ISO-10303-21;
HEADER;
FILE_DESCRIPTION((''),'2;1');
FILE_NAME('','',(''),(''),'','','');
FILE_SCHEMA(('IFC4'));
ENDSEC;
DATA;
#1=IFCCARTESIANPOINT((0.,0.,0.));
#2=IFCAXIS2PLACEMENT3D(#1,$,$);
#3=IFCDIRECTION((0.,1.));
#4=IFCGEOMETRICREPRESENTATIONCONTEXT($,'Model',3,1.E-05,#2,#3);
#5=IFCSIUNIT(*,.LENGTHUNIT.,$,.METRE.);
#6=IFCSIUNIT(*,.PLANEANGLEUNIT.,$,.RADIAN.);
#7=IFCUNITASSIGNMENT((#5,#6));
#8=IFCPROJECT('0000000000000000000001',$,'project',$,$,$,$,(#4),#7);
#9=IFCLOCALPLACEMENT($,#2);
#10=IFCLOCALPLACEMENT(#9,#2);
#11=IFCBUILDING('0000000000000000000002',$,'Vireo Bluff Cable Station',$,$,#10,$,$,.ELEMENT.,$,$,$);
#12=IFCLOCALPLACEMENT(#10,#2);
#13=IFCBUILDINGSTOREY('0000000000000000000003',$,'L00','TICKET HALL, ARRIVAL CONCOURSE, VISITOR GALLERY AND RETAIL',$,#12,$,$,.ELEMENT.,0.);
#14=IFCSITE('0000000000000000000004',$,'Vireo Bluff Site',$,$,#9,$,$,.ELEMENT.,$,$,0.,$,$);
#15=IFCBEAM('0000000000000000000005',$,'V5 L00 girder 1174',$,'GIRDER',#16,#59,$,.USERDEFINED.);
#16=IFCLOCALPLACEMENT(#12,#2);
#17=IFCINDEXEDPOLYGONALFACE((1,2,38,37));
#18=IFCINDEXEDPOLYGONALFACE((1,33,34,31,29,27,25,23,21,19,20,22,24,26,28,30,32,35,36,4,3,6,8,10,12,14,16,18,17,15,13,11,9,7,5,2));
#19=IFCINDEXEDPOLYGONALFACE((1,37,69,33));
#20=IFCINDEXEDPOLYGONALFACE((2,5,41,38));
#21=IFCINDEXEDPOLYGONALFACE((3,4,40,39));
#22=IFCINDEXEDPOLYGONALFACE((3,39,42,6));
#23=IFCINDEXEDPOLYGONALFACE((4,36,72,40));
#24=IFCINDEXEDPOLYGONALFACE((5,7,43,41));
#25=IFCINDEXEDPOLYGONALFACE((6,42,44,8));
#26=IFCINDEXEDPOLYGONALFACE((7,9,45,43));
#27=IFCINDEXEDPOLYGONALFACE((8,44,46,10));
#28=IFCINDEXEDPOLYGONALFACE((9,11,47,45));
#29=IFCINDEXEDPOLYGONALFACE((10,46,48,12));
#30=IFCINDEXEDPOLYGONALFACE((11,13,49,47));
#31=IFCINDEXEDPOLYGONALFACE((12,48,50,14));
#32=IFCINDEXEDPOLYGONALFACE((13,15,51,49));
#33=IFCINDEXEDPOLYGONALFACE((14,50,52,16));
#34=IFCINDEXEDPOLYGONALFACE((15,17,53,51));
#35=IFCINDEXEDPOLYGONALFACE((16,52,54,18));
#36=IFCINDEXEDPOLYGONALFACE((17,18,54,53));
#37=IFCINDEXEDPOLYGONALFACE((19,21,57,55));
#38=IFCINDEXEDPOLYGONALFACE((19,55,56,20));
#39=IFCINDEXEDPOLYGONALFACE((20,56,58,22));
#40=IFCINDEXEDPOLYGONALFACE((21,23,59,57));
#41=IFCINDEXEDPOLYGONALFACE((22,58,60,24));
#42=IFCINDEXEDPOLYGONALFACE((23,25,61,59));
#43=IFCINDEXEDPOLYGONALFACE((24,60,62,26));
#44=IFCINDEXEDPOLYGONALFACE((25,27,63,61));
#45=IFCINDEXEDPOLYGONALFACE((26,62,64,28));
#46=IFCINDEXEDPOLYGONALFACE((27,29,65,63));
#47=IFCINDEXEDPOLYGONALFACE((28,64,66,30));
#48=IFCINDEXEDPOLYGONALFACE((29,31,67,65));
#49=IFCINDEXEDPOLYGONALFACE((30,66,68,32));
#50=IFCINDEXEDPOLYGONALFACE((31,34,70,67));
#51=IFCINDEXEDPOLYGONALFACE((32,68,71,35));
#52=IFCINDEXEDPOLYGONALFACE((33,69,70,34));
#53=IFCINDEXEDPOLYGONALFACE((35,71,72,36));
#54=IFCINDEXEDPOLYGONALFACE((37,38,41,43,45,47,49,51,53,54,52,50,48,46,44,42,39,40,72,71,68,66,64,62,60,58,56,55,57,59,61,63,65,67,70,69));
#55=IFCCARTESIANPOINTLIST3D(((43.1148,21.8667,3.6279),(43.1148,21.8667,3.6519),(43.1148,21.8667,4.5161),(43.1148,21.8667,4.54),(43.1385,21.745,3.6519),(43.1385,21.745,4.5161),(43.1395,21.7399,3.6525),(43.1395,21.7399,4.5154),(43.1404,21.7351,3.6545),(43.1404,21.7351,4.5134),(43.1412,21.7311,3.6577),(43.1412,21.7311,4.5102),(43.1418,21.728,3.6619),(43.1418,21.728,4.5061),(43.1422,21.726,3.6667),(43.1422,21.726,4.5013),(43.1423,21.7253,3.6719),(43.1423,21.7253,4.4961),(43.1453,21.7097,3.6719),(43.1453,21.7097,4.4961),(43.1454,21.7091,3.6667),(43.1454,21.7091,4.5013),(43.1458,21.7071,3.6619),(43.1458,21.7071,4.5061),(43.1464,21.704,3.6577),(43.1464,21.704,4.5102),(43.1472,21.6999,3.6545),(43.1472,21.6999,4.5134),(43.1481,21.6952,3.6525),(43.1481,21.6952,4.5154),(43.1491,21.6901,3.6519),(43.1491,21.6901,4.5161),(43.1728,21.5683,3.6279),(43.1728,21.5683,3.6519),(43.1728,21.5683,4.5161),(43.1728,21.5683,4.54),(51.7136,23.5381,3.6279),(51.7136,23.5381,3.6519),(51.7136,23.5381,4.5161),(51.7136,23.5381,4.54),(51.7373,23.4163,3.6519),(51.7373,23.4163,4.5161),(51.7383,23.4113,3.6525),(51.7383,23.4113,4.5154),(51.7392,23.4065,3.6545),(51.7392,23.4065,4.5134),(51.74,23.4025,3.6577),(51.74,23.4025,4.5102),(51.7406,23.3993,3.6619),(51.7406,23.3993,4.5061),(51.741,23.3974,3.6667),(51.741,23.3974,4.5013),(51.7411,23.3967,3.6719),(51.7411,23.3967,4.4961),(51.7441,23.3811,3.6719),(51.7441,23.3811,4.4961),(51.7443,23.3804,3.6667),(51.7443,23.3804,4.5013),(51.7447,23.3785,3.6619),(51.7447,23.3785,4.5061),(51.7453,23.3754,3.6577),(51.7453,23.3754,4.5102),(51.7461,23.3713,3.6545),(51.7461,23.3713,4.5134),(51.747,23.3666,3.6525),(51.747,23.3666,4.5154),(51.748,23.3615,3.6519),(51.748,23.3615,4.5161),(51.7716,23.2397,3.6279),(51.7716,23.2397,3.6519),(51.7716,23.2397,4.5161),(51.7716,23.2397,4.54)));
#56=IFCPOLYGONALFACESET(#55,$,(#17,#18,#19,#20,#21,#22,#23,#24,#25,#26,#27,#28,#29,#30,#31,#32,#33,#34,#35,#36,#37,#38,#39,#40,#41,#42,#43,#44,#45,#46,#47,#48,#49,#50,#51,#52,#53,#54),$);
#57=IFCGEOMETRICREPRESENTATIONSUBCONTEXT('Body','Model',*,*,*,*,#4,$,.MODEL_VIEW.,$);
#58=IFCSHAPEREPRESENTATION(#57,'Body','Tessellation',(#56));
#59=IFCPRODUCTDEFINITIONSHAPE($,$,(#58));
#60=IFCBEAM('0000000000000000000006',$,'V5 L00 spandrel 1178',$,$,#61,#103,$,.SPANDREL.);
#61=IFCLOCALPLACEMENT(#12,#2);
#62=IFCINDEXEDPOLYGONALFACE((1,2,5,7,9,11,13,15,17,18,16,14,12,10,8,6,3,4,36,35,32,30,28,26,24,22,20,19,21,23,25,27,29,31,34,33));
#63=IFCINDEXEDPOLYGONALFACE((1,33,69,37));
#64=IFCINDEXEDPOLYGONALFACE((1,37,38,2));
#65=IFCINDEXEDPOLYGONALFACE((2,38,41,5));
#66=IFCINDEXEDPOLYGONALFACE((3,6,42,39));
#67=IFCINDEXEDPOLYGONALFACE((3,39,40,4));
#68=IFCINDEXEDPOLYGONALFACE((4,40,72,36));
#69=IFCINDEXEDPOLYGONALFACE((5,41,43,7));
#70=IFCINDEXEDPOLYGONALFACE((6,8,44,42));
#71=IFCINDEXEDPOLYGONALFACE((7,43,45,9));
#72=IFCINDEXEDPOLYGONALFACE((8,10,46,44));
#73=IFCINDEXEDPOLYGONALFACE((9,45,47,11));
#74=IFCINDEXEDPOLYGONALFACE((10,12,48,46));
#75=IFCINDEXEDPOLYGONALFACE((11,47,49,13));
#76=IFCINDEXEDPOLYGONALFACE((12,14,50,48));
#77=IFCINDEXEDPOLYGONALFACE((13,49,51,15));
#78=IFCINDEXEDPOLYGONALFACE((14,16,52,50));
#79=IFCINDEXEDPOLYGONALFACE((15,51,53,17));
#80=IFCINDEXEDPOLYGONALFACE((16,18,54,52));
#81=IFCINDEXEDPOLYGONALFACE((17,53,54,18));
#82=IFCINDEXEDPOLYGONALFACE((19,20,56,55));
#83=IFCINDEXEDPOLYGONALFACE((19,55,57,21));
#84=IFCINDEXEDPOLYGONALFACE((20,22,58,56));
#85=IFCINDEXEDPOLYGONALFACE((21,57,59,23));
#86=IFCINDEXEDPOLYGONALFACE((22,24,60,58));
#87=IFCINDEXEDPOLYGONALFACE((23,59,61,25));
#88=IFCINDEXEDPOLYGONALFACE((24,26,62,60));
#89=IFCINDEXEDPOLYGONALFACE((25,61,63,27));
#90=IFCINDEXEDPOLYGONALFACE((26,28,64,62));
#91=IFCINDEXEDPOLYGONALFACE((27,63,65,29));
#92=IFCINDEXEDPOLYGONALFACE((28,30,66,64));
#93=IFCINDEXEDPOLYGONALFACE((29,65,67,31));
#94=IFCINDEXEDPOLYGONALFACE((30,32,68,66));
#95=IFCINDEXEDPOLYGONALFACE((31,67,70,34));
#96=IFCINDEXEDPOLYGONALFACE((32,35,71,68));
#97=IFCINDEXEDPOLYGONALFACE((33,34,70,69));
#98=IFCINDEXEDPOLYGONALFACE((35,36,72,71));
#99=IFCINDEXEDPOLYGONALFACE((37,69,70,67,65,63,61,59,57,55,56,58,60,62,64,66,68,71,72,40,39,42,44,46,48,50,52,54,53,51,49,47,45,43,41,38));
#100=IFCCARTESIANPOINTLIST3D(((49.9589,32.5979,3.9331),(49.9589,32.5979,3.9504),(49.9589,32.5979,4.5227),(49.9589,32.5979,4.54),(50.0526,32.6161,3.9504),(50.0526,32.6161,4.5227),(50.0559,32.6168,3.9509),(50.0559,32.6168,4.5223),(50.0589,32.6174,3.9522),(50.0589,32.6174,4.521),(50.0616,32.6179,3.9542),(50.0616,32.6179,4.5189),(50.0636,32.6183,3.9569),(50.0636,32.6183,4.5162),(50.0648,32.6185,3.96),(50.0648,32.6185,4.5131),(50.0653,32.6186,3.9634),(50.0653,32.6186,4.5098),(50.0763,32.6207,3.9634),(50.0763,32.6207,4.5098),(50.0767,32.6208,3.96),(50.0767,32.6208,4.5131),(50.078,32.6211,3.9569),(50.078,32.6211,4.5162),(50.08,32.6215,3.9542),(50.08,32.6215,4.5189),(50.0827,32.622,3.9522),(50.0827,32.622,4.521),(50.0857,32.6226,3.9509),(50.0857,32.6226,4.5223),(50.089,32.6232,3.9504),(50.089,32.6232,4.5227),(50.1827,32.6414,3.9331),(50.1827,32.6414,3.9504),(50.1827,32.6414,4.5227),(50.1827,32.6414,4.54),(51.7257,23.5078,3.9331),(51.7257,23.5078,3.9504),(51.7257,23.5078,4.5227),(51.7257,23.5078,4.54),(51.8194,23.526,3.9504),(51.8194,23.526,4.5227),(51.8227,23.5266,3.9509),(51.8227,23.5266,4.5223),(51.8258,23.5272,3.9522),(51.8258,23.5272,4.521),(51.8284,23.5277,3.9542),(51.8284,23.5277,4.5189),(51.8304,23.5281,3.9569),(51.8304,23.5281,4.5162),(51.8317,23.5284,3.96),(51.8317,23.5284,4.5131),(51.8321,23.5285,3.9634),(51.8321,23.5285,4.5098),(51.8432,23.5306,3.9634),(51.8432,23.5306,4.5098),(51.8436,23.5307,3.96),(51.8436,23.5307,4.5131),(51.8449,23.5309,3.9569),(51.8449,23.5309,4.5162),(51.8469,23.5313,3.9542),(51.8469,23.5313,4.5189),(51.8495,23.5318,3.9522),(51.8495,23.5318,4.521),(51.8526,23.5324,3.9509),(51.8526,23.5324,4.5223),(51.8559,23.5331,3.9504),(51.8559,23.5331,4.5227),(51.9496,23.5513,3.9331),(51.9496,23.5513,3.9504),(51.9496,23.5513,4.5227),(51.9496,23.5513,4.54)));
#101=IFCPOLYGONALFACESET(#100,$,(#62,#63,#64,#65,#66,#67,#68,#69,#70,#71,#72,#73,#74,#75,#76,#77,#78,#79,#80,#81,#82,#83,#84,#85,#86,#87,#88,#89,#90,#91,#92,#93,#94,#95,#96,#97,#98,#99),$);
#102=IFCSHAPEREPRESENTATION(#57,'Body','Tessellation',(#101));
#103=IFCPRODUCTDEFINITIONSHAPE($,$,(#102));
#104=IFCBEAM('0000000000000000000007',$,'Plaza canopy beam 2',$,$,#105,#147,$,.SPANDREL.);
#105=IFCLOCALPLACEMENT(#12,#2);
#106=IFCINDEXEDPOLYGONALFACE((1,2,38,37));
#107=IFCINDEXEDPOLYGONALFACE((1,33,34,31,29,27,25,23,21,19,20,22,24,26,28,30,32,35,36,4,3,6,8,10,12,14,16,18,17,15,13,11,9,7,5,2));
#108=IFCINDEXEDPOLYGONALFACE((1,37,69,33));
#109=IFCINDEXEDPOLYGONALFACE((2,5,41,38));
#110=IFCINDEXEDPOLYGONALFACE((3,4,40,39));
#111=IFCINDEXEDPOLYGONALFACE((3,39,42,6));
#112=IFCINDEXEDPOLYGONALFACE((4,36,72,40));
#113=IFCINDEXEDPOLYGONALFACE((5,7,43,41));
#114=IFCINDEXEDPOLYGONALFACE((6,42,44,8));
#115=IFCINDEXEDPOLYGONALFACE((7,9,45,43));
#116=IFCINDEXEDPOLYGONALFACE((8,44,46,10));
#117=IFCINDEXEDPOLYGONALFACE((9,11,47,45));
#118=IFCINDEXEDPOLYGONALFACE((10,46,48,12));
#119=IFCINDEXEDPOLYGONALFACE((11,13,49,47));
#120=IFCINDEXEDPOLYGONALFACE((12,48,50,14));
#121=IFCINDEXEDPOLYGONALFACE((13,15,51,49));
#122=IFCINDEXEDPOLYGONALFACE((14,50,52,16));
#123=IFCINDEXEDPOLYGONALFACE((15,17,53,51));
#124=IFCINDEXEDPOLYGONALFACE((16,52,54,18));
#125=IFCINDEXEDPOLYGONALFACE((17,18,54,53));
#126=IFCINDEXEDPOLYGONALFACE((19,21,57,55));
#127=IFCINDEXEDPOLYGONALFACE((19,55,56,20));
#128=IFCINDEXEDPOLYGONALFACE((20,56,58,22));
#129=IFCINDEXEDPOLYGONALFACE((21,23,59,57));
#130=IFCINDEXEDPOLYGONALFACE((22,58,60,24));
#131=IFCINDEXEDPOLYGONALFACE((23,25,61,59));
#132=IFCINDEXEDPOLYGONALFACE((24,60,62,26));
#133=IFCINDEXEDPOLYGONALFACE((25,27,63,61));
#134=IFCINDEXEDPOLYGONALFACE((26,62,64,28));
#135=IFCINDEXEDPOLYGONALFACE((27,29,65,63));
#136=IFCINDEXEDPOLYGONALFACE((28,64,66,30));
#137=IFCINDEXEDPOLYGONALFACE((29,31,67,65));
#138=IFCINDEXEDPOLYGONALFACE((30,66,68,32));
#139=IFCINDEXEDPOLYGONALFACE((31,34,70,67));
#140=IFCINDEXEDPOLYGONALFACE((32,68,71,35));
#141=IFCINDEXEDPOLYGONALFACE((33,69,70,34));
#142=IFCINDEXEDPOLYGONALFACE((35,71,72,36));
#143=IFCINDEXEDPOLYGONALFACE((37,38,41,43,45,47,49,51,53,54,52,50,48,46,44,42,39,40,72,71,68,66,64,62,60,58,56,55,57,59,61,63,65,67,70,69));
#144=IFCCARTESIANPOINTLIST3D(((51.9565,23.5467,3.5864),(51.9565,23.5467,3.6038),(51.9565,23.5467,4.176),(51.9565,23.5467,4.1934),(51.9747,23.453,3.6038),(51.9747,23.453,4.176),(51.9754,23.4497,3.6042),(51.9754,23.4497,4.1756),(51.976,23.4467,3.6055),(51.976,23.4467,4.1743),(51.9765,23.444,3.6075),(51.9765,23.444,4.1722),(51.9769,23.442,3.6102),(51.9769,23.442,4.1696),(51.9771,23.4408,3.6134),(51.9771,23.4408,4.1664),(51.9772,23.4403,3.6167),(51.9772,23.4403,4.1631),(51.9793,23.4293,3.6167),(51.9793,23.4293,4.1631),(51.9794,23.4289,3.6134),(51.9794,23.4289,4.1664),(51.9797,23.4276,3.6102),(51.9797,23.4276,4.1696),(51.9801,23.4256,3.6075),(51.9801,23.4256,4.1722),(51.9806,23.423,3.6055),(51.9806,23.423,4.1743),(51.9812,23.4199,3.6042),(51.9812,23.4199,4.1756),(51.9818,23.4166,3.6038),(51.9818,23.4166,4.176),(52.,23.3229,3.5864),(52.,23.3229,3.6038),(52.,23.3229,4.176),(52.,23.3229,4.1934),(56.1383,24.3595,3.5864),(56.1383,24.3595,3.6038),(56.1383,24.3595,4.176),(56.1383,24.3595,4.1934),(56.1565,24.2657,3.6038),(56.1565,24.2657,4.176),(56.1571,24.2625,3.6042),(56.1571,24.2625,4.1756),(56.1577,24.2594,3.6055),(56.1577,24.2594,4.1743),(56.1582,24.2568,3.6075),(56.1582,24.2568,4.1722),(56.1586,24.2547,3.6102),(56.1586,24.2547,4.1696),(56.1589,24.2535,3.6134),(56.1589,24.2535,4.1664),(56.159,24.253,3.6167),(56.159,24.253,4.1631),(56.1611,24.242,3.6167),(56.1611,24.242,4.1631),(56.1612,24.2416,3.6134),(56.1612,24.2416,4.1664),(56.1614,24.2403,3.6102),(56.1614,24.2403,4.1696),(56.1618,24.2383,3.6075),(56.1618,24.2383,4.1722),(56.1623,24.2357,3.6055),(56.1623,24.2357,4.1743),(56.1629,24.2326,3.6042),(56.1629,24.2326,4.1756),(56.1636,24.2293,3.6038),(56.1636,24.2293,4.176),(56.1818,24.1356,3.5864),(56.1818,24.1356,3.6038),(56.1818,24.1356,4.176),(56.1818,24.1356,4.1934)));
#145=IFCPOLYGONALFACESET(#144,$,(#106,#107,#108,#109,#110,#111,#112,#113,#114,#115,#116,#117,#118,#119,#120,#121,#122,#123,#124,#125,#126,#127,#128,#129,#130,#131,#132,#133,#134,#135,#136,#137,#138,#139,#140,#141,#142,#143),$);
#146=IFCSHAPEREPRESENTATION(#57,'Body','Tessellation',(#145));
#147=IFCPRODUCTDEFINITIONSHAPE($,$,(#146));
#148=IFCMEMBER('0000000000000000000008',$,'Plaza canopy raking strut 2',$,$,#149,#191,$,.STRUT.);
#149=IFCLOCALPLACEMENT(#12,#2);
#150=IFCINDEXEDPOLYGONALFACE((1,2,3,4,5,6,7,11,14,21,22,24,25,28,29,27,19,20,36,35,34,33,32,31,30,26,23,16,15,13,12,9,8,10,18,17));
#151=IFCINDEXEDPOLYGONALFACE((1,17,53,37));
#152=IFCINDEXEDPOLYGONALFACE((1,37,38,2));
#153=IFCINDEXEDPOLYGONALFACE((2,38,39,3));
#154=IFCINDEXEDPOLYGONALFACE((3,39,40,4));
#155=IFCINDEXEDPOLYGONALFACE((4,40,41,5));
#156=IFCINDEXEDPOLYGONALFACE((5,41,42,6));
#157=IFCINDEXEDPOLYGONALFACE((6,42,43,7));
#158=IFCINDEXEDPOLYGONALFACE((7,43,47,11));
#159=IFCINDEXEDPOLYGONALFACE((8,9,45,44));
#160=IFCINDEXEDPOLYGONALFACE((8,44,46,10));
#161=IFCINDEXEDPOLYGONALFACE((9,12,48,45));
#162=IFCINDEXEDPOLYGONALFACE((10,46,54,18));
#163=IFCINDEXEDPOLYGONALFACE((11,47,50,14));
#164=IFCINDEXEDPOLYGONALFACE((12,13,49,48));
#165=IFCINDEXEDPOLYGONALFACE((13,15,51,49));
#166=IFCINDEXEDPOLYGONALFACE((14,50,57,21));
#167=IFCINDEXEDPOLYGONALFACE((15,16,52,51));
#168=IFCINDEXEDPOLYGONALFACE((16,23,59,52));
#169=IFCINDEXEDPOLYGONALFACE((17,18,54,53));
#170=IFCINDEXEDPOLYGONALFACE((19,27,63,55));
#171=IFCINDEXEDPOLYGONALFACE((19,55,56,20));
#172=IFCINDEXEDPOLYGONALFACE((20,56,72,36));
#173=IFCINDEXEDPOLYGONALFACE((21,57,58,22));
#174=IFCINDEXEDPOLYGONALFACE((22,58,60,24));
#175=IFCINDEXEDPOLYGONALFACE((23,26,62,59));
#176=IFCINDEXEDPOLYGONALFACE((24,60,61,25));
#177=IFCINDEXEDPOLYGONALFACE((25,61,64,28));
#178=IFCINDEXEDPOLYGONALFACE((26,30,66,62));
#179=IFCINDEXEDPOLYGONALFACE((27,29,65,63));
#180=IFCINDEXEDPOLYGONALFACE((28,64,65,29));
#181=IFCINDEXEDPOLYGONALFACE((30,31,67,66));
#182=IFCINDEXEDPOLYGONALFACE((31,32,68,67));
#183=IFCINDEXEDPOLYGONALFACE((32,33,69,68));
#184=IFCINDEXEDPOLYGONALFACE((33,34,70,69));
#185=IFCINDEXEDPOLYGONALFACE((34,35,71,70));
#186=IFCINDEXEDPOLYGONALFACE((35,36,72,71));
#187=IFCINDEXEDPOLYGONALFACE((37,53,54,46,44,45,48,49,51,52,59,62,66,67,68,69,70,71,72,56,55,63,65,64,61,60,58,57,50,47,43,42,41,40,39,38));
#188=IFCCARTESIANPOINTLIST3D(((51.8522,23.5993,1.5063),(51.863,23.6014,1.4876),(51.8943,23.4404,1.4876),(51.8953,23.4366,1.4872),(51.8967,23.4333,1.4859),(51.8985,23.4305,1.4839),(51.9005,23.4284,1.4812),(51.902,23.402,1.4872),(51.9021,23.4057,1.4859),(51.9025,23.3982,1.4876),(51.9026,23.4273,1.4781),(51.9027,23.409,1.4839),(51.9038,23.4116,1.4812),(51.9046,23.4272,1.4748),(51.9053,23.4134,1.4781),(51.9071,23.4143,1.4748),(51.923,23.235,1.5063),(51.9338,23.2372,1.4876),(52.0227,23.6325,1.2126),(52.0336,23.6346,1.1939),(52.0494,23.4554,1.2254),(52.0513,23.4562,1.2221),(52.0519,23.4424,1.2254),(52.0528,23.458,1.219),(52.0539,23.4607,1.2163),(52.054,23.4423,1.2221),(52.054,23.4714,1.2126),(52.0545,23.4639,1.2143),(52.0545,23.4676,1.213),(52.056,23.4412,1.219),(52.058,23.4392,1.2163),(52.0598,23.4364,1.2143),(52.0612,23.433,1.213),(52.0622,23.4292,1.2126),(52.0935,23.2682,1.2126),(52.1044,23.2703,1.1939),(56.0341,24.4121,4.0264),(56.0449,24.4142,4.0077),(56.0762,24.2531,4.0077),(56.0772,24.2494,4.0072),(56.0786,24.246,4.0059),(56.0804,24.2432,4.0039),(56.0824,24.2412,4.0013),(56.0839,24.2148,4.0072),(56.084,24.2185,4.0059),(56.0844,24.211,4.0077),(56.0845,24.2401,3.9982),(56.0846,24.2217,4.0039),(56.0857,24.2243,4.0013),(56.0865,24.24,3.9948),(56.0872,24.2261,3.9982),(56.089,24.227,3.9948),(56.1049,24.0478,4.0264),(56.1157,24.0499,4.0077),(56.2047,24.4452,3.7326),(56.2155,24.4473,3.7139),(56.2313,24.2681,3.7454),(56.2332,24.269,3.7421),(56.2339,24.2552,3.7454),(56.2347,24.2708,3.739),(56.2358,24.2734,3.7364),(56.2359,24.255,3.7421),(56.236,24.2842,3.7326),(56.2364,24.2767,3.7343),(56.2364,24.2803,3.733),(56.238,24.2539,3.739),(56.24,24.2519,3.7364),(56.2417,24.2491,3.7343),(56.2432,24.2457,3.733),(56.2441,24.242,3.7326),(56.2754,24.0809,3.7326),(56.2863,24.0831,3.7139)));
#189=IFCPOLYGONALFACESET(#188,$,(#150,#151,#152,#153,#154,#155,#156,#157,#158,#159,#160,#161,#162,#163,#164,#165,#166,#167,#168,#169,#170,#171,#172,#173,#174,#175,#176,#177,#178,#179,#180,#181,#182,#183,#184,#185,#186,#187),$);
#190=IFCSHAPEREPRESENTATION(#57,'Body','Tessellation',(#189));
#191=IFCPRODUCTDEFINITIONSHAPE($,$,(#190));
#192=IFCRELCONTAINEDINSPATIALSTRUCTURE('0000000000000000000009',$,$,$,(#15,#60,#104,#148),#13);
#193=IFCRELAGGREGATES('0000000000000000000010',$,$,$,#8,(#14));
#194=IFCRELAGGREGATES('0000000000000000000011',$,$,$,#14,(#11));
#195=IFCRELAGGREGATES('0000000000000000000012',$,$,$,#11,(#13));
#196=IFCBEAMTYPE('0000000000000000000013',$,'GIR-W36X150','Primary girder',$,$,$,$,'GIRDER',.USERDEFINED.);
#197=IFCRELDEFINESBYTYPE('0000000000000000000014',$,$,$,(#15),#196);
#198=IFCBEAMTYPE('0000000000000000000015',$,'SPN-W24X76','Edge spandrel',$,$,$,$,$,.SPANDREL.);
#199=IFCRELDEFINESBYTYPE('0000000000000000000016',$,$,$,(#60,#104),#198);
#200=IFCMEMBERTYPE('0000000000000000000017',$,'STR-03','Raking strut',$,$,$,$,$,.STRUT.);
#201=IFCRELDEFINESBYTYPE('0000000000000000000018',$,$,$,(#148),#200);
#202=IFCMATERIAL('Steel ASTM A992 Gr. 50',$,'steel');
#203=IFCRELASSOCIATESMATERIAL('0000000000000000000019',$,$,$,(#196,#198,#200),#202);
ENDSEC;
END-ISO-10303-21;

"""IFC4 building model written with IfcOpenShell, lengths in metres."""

from ifc_helpers import new_model, si_unit, direction, frame, origin, origin_2d, place, context, subcontext, project, spatial, i_section, extrude, material, material_profile, profile_set, type_object, element, save


model = new_model("IFC4")

# Units and contexts
model_context = context("Model", 3, precision=1e-05, world=origin(), true_north=direction((0.0, 1.0)))
body_context = subcontext(model_context, "Body", "Model", "MODEL_VIEW")
ifc_project = project(units=[si_unit("LENGTHUNIT", "METRE"), si_unit("PLANEANGLEUNIT", "RADIAN")], contexts=[model_context])

# Site, building, storey
site_placement = place(None, origin())
site = spatial("IfcSite", under=ifc_project, at=site_placement, Name="Vireo Bluff Site", CompositionType="ELEMENT", RefElevation=0.0)
building_placement = place(site_placement, origin())
building = spatial("IfcBuilding", under=site, at=building_placement, Name="Vireo Bluff Cable Station", CompositionType="ELEMENT")
storey_placement = place(building_placement, origin())
storey = spatial("IfcBuildingStorey", under=building, at=storey_placement, Name="L00", Description="TICKET HALL, ARRIVAL CONCOURSE, VISITOR GALLERY AND RETAIL", CompositionType="ELEMENT", Elevation=0.0)

# Shared definitions
ifc_material_1 = material(Name="Steel ASTM A992 Gr. 50", Category="steel")

# Beams
ifc_material_profile_1 = material_profile(ifc_material_1, i_section(OverallWidth=0.304, OverallDepth=0.9121, WebThickness=0.0159, FlangeThickness=0.0239, FilletRadius=0.02, at=origin_2d()), Name="W36X150")
ifc_profile_set_1 = profile_set([ifc_material_profile_1], Name="Steel ASTM A992 Gr. 50")
beam_type_1 = type_object("IfcBeamType", Name="GIR-W36X150", Description="Primary girder", ElementType="GIRDER", PredefinedType="USERDEFINED", material=ifc_profile_set_1)
beam_1_placement = place(storey_placement, frame((43.1438, 21.7175, 4.084), z_axis=(0.981629, 0.190802, 0.0), x_axis=(-0.190802, 0.981629, 0.0)))
element("IfcBeam", 1, at=beam_1_placement, inside=storey, type_object=beam_type_1, Name="V5 L00 girder 1174", ObjectType="GIRDER", PredefinedType="USERDEFINED", context=body_context, shape_type="SweptSolid", body=[
    extrude(i_section(OverallWidth=0.304, OverallDepth=0.9121, WebThickness=0.0159, FlangeThickness=0.0239, FilletRadius=0.02, at=origin_2d()), origin(), (0.0, 0.0, 1.0), 8.7598),
])
ifc_material_profile_2 = material_profile(ifc_material_1, i_section(OverallWidth=0.228, OverallDepth=0.6069, WebThickness=0.0112, FlangeThickness=0.0173, FilletRadius=0.0129, at=origin_2d()), Name="W24X76")
ifc_profile_set_2 = profile_set([ifc_material_profile_2], Name="Steel ASTM A992 Gr. 50")
beam_type_2 = type_object("IfcBeamType", Name="SPN-W24X76", Description="Edge spandrel", PredefinedType="SPANDREL", material=ifc_profile_set_2)
beam_2_placement = place(storey_placement, frame((51.8376, 23.5295, 4.2366), z_axis=(-0.1908, 0.981629, 0.0), x_axis=(-0.981629, -0.1908, 0.0)))
element("IfcBeam", 2, at=beam_2_placement, inside=storey, type_object=beam_type_2, Name="V5 L00 spandrel 1178", PredefinedType="SPANDREL", context=body_context, shape_type="SweptSolid", body=[
    extrude(i_section(OverallWidth=0.228, OverallDepth=0.6069, WebThickness=0.0112, FlangeThickness=0.0173, FilletRadius=0.0129, at=origin_2d()), origin(), (0.0, 0.0, 1.0), 9.2603),
])
beam_3_placement = place(storey_placement, frame((51.9783, 23.4348, 3.8899), z_axis=(0.981633, 0.190779, 0.0), x_axis=(-0.190779, 0.981633, 0.0)))
element("IfcBeam", 3, at=beam_3_placement, inside=storey, type_object=beam_type_2, Name="Plaza canopy beam 2", PredefinedType="SPANDREL", context=body_context, shape_type="SweptSolid", body=[
    extrude(i_section(OverallWidth=0.228, OverallDepth=0.6069, WebThickness=0.0112, FlangeThickness=0.0173, FilletRadius=0.0129, at=origin_2d()), origin(), (0.0, 0.0, 1.0), 4.26),
])

# Member
ifc_material_profile_3 = material_profile(ifc_material_1, i_section(OverallWidth=0.3711, OverallDepth=0.363, WebThickness=0.0132, FlangeThickness=0.0217, FilletRadius=0.0149, at=origin_2d()), Name="W14X109")
ifc_profile_set_3 = profile_set([ifc_material_profile_3], Name="Steel ASTM A992 Gr. 50")
member_type_1 = type_object("IfcMemberType", Name="STR-03", Description="Raking strut", PredefinedType="STRUT", material=ifc_profile_set_3)
member_1_placement = place(storey_placement, frame((51.9783, 23.4348, 1.3501), z_axis=(0.844882, 0.164202, 0.509129), x_axis=(-0.190779, 0.981633, 0.0)))
element("IfcMember", 4, at=member_1_placement, inside=storey, type_object=member_type_1, Name="Plaza canopy raking strut 2", PredefinedType="STRUT", context=body_context, shape_type="SweptSolid", body=[
    extrude(i_section(OverallWidth=0.3711, OverallDepth=0.363, WebThickness=0.0132, FlangeThickness=0.0217, FilletRadius=0.0149, at=origin_2d()), origin(), (0.0, 0.0, 1.0), 4.9497),
])

save(model, "model.ifc")
